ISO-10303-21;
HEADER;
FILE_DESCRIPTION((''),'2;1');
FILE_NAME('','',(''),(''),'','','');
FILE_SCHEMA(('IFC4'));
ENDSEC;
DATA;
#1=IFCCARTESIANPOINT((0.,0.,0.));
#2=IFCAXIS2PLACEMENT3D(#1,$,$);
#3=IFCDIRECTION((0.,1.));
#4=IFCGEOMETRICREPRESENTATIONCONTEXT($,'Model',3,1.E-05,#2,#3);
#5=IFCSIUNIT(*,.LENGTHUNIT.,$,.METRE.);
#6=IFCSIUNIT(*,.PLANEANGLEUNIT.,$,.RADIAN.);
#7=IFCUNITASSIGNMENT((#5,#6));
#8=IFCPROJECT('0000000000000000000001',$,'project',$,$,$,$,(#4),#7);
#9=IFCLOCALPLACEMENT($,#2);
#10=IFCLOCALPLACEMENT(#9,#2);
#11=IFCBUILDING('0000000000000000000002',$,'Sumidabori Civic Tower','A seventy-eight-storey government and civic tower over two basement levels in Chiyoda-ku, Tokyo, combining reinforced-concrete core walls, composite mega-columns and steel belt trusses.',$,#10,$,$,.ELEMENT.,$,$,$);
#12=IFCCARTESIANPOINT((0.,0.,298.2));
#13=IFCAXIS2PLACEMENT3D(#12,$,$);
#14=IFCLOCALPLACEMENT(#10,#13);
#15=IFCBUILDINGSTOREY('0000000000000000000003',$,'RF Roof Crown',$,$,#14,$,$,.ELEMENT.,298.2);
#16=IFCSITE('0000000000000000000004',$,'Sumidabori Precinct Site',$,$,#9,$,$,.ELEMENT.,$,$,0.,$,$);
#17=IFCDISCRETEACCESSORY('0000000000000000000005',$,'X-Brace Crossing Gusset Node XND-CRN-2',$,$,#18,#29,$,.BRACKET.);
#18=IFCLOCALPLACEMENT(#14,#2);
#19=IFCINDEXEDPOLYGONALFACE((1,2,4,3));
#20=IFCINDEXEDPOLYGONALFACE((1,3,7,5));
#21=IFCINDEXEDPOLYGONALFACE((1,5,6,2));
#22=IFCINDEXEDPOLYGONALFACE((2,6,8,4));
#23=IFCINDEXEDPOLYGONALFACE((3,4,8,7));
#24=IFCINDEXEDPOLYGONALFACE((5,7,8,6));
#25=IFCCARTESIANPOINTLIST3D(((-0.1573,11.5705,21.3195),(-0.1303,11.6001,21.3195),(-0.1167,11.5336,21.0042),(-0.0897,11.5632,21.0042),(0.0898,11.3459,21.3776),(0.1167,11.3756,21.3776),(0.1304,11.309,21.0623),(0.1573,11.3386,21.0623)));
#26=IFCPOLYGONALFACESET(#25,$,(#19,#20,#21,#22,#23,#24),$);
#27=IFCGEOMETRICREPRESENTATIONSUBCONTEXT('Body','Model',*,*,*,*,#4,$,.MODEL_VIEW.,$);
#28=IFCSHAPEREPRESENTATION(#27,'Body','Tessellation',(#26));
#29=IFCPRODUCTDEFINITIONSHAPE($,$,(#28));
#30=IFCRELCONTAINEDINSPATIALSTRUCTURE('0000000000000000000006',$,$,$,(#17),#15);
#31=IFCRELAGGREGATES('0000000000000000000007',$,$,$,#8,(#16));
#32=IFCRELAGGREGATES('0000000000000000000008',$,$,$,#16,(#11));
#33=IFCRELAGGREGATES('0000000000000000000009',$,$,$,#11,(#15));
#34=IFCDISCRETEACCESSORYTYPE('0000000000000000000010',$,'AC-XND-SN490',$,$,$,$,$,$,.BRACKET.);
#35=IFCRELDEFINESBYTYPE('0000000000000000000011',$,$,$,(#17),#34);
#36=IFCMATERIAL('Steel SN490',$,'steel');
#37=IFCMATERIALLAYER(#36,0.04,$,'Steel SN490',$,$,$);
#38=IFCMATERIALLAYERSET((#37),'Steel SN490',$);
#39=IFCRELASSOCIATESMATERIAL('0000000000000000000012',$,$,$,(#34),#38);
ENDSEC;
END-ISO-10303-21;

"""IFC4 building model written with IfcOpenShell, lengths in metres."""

from ifc_helpers import new_model, si_unit, direction, frame, origin, origin_2d, place, context, subcontext, project, spatial, rectangle, extrude, source, transform, mapped, material, layer, layer_set, type_object, element, save


model = new_model("IFC4")

# Units and contexts
model_context = context("Model", 3, precision=1e-05, world=origin(), true_north=direction((0.0, 1.0)))
body_context = subcontext(model_context, "Body", "Model", "MODEL_VIEW")
ifc_project = project(units=[si_unit("LENGTHUNIT", "METRE"), si_unit("PLANEANGLEUNIT", "RADIAN")], contexts=[model_context])

# Site, building, storey
site_placement = place(None, origin())
site = spatial("IfcSite", under=ifc_project, at=site_placement, Name="Sumidabori Precinct Site", CompositionType="ELEMENT", RefElevation=0.0)
building_placement = place(site_placement, origin())
building = spatial("IfcBuilding", under=site, at=building_placement, Name="Sumidabori Civic Tower", Description="A seventy-eight-storey government and civic tower over two basement levels in Chiyoda-ku, Tokyo, combining reinforced-concrete core walls, composite mega-columns and steel belt trusses.", CompositionType="ELEMENT")
storey_placement = place(building_placement, frame((0.0, 0.0, 298.2)))
storey = spatial("IfcBuildingStorey", under=building, at=storey_placement, Name="RF Roof Crown", CompositionType="ELEMENT", Elevation=298.2)

# Shared definitions
ifc_material_1 = material(Name="Steel SN490", Category="steel")

# Discrete accessory
ifc_layer_1 = layer(ifc_material_1, 0.04, Name="Steel SN490")
ifc_layer_set_1 = layer_set([ifc_layer_1], Name="Steel SN490")
discrete_accessory_type_1 = type_object("IfcDiscreteAccessoryType", Name="AC-XND-SN490", PredefinedType="BRACKET", material=ifc_layer_set_1)
shared_shape_1 = source(origin(), body_context, "Body", "SweptSolid", [
    extrude(rectangle(XDim=0.04, YDim=0.3201, at=origin_2d()), origin(), (0.0, 0.0, 1.0), 0.3389),
])
discrete_accessory_1_placement = place(storey_placement, frame((0.1235, 11.3423, 21.22), z_axis=(-0.728985, 0.662713, -0.171441), x_axis=(-0.672673, -0.73994, 0.0)))
element("IfcDiscreteAccessory", 1, at=discrete_accessory_1_placement, inside=storey, type_object=discrete_accessory_type_1, Name="X-Brace Crossing Gusset Node XND-CRN-2", PredefinedType="BRACKET", context=body_context, shape_type="MappedRepresentation", body=[
    mapped(shared_shape_1, transform((0.0, 0.0, 0.0), x_axis=(1.0, 0.0, 0.0), y_axis=(0.0, 1.0, 0.0), z_axis=(0.0, 0.0, 1.0), scale=1.0)),
])

save(model, "model.ifc")
